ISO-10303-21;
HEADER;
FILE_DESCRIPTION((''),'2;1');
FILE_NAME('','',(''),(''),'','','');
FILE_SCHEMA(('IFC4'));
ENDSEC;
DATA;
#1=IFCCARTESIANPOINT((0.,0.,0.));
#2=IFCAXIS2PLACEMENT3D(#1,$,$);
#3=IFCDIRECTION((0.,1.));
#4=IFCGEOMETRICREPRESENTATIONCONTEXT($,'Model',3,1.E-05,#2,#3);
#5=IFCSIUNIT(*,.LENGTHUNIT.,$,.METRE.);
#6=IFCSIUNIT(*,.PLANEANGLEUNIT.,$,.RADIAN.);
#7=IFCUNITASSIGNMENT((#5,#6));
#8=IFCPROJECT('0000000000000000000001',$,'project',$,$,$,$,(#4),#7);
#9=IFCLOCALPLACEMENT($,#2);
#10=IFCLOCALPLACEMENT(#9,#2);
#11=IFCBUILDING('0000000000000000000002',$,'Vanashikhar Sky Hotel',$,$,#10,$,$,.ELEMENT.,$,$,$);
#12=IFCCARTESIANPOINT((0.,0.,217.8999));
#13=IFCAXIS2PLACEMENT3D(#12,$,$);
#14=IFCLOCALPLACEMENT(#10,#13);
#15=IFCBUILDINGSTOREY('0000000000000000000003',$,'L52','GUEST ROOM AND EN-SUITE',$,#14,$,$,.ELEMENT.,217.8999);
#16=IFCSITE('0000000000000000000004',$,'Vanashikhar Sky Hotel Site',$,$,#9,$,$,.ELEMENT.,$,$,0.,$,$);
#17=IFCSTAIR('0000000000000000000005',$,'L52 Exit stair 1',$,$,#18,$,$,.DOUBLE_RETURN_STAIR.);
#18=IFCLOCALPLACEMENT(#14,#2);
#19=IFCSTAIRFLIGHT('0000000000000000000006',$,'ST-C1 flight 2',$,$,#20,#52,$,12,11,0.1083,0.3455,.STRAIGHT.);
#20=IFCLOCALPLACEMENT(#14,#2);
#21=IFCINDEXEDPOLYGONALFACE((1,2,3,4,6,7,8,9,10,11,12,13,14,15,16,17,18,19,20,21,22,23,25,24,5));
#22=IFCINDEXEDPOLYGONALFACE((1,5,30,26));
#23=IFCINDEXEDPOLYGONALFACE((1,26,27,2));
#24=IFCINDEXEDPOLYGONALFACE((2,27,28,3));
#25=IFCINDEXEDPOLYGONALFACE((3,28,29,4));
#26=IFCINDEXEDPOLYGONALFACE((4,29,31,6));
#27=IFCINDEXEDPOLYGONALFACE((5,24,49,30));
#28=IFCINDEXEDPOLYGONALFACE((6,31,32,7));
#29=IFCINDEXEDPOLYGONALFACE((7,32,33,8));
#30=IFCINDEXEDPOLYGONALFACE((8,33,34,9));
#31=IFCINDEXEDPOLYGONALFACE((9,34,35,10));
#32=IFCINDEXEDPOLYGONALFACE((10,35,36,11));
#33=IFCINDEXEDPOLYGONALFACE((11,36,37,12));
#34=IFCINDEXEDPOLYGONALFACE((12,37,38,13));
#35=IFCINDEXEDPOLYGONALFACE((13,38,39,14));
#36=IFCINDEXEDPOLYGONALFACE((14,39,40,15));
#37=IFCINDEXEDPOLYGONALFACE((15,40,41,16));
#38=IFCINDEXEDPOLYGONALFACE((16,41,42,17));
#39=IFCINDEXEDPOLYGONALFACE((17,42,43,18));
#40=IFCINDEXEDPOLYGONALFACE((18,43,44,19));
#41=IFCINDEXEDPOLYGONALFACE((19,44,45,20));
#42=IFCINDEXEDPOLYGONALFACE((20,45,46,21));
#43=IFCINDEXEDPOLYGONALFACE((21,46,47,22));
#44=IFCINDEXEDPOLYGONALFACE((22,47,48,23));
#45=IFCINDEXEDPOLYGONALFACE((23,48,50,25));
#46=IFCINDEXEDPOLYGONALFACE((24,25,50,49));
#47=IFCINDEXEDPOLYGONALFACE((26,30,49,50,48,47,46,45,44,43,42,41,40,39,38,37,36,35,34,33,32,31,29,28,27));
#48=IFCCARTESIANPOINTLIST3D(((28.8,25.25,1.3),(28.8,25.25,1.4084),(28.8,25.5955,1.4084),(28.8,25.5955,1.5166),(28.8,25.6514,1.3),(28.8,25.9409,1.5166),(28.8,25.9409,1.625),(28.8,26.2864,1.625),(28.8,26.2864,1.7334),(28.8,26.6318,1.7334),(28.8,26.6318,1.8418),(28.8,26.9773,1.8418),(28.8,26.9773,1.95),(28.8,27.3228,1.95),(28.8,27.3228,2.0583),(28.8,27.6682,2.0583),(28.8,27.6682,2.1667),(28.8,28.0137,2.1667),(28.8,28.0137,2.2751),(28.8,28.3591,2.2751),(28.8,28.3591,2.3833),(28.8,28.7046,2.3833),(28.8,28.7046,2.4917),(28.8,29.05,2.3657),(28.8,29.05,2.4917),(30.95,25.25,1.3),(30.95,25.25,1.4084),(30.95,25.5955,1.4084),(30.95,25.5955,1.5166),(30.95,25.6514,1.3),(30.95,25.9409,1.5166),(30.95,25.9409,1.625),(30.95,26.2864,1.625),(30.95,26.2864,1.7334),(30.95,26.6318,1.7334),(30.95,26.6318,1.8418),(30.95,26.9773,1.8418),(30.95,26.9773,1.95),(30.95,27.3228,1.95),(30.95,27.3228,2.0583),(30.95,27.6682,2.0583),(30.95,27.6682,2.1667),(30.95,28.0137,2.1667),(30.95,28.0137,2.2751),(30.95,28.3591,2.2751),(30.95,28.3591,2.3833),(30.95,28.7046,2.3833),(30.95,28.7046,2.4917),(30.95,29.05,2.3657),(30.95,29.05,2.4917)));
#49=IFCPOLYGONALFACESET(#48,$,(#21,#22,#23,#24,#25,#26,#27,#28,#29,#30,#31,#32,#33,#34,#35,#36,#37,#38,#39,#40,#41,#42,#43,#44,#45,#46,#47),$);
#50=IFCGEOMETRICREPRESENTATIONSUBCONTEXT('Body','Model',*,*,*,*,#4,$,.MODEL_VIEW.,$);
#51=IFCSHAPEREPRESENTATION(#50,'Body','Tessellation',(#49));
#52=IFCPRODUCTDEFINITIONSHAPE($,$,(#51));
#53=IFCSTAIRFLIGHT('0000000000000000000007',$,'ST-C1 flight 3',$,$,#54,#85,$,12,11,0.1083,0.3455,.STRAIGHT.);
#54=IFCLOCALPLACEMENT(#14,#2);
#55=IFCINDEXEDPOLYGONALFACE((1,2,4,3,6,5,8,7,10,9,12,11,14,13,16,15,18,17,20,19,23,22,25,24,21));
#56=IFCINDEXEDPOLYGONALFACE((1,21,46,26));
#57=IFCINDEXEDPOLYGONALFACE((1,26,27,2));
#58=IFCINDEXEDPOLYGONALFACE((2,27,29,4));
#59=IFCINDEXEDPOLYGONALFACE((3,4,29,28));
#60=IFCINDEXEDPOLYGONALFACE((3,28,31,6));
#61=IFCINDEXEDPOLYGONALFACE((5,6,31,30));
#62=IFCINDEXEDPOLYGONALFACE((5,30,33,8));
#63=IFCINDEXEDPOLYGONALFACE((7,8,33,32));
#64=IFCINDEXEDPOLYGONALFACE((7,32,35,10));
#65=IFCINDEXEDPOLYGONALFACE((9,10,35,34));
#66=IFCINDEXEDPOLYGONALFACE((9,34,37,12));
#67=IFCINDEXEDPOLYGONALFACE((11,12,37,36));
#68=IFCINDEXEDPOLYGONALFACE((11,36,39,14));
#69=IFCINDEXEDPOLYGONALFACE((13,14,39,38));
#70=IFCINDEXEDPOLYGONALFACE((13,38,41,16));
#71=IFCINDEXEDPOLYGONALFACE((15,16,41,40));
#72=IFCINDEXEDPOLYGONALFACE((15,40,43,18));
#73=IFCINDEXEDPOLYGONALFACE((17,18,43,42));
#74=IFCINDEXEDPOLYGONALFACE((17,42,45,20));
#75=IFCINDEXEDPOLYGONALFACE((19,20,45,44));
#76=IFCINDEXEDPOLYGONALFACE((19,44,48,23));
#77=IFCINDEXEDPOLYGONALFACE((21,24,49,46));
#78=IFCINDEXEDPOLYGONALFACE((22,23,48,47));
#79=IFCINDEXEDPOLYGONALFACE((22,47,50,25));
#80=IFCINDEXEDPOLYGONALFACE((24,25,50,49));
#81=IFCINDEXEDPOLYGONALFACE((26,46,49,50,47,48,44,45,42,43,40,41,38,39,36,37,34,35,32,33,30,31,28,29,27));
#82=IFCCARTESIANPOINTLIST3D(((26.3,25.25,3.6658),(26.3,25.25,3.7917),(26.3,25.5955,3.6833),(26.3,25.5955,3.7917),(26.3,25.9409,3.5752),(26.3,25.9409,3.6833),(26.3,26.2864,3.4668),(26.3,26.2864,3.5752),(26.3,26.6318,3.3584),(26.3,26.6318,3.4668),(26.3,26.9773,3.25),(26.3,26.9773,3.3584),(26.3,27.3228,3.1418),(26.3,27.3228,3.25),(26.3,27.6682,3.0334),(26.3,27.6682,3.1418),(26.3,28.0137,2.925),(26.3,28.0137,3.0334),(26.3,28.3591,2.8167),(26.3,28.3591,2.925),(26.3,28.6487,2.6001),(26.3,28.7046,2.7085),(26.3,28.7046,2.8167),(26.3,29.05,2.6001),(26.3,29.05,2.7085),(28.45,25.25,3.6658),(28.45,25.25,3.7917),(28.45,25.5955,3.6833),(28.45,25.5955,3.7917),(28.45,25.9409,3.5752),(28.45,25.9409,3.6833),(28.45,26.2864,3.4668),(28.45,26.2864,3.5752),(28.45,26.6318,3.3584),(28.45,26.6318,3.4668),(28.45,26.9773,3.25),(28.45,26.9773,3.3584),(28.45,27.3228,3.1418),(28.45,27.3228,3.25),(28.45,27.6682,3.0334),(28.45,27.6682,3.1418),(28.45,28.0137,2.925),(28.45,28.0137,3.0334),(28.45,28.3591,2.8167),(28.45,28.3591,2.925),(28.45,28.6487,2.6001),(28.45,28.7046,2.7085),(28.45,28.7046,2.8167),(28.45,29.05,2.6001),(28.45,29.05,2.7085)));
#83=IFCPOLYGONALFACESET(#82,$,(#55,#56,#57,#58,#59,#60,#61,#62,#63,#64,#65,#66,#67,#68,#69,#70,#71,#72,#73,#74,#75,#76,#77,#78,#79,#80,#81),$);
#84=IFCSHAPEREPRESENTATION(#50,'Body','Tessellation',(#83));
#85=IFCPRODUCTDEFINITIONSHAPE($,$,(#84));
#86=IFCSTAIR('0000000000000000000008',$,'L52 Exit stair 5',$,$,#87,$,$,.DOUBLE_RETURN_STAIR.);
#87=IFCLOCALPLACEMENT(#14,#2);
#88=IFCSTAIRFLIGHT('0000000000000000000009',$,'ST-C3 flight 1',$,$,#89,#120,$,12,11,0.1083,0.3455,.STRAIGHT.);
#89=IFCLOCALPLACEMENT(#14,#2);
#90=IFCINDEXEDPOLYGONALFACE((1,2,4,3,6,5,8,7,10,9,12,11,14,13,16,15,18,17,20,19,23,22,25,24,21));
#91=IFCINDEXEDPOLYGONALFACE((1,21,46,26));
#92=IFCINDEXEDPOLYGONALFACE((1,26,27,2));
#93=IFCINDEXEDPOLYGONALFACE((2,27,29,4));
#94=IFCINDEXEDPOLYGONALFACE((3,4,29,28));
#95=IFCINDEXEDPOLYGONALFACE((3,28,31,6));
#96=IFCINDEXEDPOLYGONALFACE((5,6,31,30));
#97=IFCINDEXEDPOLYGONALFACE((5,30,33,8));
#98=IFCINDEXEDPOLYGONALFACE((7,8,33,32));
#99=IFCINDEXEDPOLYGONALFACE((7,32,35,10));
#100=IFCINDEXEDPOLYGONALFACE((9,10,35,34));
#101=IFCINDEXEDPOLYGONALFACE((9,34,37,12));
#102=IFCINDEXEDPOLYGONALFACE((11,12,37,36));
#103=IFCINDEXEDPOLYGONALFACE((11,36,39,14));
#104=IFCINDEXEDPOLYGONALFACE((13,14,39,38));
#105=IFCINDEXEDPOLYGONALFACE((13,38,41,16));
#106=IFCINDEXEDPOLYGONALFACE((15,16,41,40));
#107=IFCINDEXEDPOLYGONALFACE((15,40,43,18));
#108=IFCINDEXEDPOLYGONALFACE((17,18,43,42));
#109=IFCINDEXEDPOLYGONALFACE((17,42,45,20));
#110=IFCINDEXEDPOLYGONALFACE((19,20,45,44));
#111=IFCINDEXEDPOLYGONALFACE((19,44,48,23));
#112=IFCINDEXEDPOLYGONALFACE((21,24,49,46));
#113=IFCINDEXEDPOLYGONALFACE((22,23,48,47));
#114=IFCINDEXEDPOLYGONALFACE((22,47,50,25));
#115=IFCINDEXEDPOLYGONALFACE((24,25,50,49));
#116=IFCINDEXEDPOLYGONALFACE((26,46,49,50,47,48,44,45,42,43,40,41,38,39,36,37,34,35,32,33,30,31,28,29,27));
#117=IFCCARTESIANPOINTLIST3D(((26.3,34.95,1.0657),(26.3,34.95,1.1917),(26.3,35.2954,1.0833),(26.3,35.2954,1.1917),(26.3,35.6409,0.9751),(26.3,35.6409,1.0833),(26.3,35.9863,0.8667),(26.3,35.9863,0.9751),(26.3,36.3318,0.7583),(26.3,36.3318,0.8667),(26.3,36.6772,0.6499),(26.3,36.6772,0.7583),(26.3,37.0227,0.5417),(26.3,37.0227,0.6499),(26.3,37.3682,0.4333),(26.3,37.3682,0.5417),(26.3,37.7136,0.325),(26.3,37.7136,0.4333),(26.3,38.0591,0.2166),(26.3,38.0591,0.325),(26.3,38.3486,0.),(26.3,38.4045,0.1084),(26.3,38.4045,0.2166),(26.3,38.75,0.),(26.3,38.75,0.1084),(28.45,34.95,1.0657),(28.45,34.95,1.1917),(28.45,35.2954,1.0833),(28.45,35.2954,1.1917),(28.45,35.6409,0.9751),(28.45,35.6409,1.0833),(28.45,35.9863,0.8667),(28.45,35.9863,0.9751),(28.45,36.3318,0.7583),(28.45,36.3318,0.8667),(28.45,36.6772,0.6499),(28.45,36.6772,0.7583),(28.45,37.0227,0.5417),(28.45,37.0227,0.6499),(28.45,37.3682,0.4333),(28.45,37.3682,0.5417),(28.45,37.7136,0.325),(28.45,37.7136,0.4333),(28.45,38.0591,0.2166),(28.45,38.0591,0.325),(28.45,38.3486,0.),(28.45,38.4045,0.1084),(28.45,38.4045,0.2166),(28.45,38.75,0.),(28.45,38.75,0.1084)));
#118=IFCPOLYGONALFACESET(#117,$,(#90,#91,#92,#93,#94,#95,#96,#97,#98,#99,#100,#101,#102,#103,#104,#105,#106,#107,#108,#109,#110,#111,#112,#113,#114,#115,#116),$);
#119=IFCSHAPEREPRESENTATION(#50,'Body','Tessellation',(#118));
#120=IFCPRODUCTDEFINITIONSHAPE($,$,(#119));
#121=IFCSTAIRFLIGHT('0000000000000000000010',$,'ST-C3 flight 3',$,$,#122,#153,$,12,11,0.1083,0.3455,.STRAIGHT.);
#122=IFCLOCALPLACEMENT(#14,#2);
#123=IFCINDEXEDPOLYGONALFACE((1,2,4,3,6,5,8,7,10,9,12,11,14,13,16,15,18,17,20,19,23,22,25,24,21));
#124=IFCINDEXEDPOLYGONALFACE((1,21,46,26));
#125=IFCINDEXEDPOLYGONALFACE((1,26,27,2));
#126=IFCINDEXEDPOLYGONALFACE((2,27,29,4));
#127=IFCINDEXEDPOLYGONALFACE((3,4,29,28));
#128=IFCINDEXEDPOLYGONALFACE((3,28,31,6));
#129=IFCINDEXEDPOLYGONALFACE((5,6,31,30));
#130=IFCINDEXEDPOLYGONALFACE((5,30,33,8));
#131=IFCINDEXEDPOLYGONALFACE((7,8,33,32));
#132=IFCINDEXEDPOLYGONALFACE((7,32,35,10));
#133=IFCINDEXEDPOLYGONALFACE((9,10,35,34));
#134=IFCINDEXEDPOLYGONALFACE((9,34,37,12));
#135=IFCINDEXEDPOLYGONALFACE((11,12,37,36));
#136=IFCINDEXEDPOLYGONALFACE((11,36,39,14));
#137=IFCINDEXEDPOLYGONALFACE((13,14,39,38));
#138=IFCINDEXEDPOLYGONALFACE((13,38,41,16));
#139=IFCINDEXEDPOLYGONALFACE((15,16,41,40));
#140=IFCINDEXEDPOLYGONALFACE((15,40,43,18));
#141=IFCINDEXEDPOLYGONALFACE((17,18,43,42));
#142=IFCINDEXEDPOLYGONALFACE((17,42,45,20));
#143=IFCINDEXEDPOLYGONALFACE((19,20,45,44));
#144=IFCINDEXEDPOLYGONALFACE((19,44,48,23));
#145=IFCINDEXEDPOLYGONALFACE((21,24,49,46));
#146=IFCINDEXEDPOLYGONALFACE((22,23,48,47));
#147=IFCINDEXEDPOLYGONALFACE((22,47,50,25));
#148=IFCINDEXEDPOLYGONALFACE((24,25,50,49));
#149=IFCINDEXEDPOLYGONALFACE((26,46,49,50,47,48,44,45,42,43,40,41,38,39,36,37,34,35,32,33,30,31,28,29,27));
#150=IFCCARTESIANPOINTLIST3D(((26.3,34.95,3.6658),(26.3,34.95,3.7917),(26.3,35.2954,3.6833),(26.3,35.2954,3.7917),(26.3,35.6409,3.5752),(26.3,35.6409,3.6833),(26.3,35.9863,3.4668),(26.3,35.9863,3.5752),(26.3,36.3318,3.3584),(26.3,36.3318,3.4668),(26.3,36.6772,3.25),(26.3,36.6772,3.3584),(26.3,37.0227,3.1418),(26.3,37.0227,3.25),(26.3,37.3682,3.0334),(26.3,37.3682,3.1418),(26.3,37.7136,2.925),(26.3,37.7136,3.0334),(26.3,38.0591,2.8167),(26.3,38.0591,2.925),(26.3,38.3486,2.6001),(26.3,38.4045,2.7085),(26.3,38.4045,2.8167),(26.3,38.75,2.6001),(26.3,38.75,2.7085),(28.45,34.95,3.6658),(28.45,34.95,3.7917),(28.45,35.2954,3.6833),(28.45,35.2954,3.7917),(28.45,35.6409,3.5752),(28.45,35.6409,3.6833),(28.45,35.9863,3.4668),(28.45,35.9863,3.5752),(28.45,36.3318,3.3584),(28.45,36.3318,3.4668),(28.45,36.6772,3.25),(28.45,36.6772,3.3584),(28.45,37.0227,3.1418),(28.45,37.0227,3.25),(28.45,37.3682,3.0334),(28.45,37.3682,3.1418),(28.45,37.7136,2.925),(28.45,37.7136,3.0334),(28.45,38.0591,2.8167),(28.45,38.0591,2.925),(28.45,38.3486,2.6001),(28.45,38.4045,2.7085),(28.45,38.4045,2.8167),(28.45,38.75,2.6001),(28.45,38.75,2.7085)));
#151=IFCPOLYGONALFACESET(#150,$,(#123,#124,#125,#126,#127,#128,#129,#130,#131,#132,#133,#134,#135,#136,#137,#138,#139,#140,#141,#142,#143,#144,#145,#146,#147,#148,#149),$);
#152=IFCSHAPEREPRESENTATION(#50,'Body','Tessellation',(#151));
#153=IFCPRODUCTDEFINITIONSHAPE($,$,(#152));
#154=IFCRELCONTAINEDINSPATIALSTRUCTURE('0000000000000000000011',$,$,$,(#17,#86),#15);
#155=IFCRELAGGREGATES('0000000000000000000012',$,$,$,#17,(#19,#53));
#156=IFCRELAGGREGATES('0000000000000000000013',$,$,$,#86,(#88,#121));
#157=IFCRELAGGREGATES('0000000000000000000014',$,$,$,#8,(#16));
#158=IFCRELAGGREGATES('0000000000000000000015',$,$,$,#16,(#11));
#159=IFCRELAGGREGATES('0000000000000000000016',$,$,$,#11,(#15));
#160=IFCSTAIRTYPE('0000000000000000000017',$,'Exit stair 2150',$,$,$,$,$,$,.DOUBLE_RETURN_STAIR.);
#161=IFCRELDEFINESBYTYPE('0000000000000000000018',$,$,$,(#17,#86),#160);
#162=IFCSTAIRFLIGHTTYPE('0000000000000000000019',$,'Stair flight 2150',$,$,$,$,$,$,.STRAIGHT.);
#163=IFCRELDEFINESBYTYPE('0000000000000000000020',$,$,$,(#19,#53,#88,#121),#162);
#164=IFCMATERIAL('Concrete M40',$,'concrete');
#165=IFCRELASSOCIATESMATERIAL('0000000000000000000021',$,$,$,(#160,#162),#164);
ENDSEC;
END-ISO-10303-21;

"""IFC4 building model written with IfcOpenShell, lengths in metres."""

from ifc_helpers import new_model, si_unit, direction, frame, origin, place, context, subcontext, project, spatial, polyline, outline, extrude, source, transform, mapped, material, type_object, element, aggregate, save


model = new_model("IFC4")

# Units and contexts
model_context = context("Model", 3, precision=1e-05, world=origin(), true_north=direction((0.0, 1.0)))
body_context = subcontext(model_context, "Body", "Model", "MODEL_VIEW")
ifc_project = project(units=[si_unit("LENGTHUNIT", "METRE"), si_unit("PLANEANGLEUNIT", "RADIAN")], contexts=[model_context])

# Site, building, storey
site_placement = place(None, origin())
site = spatial("IfcSite", under=ifc_project, at=site_placement, Name="Vanashikhar Sky Hotel Site", CompositionType="ELEMENT", RefElevation=0.0)
building_placement = place(site_placement, origin())
building = spatial("IfcBuilding", under=site, at=building_placement, Name="Vanashikhar Sky Hotel", CompositionType="ELEMENT")
storey_placement = place(building_placement, frame((0.0, 0.0, 217.8999)))
storey = spatial("IfcBuildingStorey", under=building, at=storey_placement, Name="L52", Description="GUEST ROOM AND EN-SUITE", CompositionType="ELEMENT", Elevation=217.8999)

# Stairs, stair flights
ifc_material_1 = material(Name="Concrete M40", Category="concrete")
stair_type = type_object("IfcStairType", Name="Exit stair 2150", PredefinedType="DOUBLE_RETURN_STAIR", material=ifc_material_1)
stair_1_placement = place(storey_placement, origin())
stair_1 = element("IfcStair", 1, at=stair_1_placement, inside=storey, type_object=stair_type, Name="L52 Exit stair 1", PredefinedType="DOUBLE_RETURN_STAIR")
stair_flight_type = type_object("IfcStairFlightType", Name="Stair flight 2150", PredefinedType="STRAIGHT", material=ifc_material_1)
shared_shape_1 = source(origin(), body_context, "Body", "SweptSolid", [
    extrude(outline(polyline([(0.0, 0.0), (0.0, 0.1084), (0.3455, 0.1084), (0.3455, 0.2166), (0.6909, 0.2166), (0.6909, 0.325), (1.0364, 0.325), (1.0364, 0.4333), (1.3818, 0.4333), (1.3818, 0.5417), (1.7273, 0.5417), (1.7273, 0.6499), (2.0728, 0.6499), (2.0728, 0.7583), (2.4182, 0.7583), (2.4182, 0.8667), (2.7637, 0.8667), (2.7637, 0.9751), (3.1091, 0.9751), (3.1091, 1.0833), (3.4546, 1.0833), (3.4546, 1.1917), (3.8, 1.1917), (3.8, 1.3), (3.8, 1.0657), (0.4014, 0.0), (0.0, 0.0)])), frame((0.0, 1.075, 0.0), z_axis=(0.0, -1.0, 0.0), x_axis=(1.0, 0.0, 0.0)), (0.0, 0.0, 1.0), 2.1499),
])
stair_flight_1_placement = place(storey_placement, frame((29.875, 25.25, 1.3), z_axis=(0.0, 0.0, 1.0), x_axis=(0.0, 1.0, 0.0)))
stair_flight_1 = element("IfcStairFlight", 2, at=stair_flight_1_placement, type_object=stair_flight_type, Name="ST-C1 flight 2", NumberOfRisers=12, NumberOfTreads=11, PredefinedType="STRAIGHT", RiserHeight=0.1083, TreadLength=0.3455, context=body_context, shape_type="MappedRepresentation", body=[
    mapped(shared_shape_1, transform((0.0, 0.0, 0.0), scale=1.0)),
])
stair_flight_2_placement = place(storey_placement, frame((27.375, 29.05, 2.6001), z_axis=(0.0, 0.0, 1.0), x_axis=(0.0, -1.0, 0.0)))
stair_flight_2 = element("IfcStairFlight", 3, at=stair_flight_2_placement, type_object=stair_flight_type, Name="ST-C1 flight 3", NumberOfRisers=12, NumberOfTreads=11, PredefinedType="STRAIGHT", RiserHeight=0.1083, TreadLength=0.3455, context=body_context, shape_type="MappedRepresentation", body=[
    mapped(shared_shape_1, transform((0.0, 0.0, 0.0), scale=1.0)),
])
aggregate(stair_1, [stair_flight_1, stair_flight_2])
stair_2_placement = place(storey_placement, origin())
stair_2 = element("IfcStair", 4, at=stair_2_placement, inside=storey, type_object=stair_type, Name="L52 Exit stair 5", PredefinedType="DOUBLE_RETURN_STAIR")
stair_flight_3_placement = place(storey_placement, frame((27.375, 38.75, 0.0), z_axis=(0.0, 0.0, 1.0), x_axis=(0.0, -1.0, 0.0)))
stair_flight_3 = element("IfcStairFlight", 5, at=stair_flight_3_placement, type_object=stair_flight_type, Name="ST-C3 flight 1", NumberOfRisers=12, NumberOfTreads=11, PredefinedType="STRAIGHT", RiserHeight=0.1083, TreadLength=0.3455, context=body_context, shape_type="MappedRepresentation", body=[
    mapped(shared_shape_1, transform((0.0, 0.0, 0.0), scale=1.0)),
])
stair_flight_4_placement = place(storey_placement, frame((27.375, 38.75, 2.6001), z_axis=(0.0, 0.0, 1.0), x_axis=(0.0, -1.0, 0.0)))
stair_flight_4 = element("IfcStairFlight", 6, at=stair_flight_4_placement, type_object=stair_flight_type, Name="ST-C3 flight 3", NumberOfRisers=12, NumberOfTreads=11, PredefinedType="STRAIGHT", RiserHeight=0.1083, TreadLength=0.3455, context=body_context, shape_type="MappedRepresentation", body=[
    mapped(shared_shape_1, transform((0.0, 0.0, 0.0), scale=1.0)),
])
aggregate(stair_2, [stair_flight_3, stair_flight_4])

save(model, "model.ifc")
